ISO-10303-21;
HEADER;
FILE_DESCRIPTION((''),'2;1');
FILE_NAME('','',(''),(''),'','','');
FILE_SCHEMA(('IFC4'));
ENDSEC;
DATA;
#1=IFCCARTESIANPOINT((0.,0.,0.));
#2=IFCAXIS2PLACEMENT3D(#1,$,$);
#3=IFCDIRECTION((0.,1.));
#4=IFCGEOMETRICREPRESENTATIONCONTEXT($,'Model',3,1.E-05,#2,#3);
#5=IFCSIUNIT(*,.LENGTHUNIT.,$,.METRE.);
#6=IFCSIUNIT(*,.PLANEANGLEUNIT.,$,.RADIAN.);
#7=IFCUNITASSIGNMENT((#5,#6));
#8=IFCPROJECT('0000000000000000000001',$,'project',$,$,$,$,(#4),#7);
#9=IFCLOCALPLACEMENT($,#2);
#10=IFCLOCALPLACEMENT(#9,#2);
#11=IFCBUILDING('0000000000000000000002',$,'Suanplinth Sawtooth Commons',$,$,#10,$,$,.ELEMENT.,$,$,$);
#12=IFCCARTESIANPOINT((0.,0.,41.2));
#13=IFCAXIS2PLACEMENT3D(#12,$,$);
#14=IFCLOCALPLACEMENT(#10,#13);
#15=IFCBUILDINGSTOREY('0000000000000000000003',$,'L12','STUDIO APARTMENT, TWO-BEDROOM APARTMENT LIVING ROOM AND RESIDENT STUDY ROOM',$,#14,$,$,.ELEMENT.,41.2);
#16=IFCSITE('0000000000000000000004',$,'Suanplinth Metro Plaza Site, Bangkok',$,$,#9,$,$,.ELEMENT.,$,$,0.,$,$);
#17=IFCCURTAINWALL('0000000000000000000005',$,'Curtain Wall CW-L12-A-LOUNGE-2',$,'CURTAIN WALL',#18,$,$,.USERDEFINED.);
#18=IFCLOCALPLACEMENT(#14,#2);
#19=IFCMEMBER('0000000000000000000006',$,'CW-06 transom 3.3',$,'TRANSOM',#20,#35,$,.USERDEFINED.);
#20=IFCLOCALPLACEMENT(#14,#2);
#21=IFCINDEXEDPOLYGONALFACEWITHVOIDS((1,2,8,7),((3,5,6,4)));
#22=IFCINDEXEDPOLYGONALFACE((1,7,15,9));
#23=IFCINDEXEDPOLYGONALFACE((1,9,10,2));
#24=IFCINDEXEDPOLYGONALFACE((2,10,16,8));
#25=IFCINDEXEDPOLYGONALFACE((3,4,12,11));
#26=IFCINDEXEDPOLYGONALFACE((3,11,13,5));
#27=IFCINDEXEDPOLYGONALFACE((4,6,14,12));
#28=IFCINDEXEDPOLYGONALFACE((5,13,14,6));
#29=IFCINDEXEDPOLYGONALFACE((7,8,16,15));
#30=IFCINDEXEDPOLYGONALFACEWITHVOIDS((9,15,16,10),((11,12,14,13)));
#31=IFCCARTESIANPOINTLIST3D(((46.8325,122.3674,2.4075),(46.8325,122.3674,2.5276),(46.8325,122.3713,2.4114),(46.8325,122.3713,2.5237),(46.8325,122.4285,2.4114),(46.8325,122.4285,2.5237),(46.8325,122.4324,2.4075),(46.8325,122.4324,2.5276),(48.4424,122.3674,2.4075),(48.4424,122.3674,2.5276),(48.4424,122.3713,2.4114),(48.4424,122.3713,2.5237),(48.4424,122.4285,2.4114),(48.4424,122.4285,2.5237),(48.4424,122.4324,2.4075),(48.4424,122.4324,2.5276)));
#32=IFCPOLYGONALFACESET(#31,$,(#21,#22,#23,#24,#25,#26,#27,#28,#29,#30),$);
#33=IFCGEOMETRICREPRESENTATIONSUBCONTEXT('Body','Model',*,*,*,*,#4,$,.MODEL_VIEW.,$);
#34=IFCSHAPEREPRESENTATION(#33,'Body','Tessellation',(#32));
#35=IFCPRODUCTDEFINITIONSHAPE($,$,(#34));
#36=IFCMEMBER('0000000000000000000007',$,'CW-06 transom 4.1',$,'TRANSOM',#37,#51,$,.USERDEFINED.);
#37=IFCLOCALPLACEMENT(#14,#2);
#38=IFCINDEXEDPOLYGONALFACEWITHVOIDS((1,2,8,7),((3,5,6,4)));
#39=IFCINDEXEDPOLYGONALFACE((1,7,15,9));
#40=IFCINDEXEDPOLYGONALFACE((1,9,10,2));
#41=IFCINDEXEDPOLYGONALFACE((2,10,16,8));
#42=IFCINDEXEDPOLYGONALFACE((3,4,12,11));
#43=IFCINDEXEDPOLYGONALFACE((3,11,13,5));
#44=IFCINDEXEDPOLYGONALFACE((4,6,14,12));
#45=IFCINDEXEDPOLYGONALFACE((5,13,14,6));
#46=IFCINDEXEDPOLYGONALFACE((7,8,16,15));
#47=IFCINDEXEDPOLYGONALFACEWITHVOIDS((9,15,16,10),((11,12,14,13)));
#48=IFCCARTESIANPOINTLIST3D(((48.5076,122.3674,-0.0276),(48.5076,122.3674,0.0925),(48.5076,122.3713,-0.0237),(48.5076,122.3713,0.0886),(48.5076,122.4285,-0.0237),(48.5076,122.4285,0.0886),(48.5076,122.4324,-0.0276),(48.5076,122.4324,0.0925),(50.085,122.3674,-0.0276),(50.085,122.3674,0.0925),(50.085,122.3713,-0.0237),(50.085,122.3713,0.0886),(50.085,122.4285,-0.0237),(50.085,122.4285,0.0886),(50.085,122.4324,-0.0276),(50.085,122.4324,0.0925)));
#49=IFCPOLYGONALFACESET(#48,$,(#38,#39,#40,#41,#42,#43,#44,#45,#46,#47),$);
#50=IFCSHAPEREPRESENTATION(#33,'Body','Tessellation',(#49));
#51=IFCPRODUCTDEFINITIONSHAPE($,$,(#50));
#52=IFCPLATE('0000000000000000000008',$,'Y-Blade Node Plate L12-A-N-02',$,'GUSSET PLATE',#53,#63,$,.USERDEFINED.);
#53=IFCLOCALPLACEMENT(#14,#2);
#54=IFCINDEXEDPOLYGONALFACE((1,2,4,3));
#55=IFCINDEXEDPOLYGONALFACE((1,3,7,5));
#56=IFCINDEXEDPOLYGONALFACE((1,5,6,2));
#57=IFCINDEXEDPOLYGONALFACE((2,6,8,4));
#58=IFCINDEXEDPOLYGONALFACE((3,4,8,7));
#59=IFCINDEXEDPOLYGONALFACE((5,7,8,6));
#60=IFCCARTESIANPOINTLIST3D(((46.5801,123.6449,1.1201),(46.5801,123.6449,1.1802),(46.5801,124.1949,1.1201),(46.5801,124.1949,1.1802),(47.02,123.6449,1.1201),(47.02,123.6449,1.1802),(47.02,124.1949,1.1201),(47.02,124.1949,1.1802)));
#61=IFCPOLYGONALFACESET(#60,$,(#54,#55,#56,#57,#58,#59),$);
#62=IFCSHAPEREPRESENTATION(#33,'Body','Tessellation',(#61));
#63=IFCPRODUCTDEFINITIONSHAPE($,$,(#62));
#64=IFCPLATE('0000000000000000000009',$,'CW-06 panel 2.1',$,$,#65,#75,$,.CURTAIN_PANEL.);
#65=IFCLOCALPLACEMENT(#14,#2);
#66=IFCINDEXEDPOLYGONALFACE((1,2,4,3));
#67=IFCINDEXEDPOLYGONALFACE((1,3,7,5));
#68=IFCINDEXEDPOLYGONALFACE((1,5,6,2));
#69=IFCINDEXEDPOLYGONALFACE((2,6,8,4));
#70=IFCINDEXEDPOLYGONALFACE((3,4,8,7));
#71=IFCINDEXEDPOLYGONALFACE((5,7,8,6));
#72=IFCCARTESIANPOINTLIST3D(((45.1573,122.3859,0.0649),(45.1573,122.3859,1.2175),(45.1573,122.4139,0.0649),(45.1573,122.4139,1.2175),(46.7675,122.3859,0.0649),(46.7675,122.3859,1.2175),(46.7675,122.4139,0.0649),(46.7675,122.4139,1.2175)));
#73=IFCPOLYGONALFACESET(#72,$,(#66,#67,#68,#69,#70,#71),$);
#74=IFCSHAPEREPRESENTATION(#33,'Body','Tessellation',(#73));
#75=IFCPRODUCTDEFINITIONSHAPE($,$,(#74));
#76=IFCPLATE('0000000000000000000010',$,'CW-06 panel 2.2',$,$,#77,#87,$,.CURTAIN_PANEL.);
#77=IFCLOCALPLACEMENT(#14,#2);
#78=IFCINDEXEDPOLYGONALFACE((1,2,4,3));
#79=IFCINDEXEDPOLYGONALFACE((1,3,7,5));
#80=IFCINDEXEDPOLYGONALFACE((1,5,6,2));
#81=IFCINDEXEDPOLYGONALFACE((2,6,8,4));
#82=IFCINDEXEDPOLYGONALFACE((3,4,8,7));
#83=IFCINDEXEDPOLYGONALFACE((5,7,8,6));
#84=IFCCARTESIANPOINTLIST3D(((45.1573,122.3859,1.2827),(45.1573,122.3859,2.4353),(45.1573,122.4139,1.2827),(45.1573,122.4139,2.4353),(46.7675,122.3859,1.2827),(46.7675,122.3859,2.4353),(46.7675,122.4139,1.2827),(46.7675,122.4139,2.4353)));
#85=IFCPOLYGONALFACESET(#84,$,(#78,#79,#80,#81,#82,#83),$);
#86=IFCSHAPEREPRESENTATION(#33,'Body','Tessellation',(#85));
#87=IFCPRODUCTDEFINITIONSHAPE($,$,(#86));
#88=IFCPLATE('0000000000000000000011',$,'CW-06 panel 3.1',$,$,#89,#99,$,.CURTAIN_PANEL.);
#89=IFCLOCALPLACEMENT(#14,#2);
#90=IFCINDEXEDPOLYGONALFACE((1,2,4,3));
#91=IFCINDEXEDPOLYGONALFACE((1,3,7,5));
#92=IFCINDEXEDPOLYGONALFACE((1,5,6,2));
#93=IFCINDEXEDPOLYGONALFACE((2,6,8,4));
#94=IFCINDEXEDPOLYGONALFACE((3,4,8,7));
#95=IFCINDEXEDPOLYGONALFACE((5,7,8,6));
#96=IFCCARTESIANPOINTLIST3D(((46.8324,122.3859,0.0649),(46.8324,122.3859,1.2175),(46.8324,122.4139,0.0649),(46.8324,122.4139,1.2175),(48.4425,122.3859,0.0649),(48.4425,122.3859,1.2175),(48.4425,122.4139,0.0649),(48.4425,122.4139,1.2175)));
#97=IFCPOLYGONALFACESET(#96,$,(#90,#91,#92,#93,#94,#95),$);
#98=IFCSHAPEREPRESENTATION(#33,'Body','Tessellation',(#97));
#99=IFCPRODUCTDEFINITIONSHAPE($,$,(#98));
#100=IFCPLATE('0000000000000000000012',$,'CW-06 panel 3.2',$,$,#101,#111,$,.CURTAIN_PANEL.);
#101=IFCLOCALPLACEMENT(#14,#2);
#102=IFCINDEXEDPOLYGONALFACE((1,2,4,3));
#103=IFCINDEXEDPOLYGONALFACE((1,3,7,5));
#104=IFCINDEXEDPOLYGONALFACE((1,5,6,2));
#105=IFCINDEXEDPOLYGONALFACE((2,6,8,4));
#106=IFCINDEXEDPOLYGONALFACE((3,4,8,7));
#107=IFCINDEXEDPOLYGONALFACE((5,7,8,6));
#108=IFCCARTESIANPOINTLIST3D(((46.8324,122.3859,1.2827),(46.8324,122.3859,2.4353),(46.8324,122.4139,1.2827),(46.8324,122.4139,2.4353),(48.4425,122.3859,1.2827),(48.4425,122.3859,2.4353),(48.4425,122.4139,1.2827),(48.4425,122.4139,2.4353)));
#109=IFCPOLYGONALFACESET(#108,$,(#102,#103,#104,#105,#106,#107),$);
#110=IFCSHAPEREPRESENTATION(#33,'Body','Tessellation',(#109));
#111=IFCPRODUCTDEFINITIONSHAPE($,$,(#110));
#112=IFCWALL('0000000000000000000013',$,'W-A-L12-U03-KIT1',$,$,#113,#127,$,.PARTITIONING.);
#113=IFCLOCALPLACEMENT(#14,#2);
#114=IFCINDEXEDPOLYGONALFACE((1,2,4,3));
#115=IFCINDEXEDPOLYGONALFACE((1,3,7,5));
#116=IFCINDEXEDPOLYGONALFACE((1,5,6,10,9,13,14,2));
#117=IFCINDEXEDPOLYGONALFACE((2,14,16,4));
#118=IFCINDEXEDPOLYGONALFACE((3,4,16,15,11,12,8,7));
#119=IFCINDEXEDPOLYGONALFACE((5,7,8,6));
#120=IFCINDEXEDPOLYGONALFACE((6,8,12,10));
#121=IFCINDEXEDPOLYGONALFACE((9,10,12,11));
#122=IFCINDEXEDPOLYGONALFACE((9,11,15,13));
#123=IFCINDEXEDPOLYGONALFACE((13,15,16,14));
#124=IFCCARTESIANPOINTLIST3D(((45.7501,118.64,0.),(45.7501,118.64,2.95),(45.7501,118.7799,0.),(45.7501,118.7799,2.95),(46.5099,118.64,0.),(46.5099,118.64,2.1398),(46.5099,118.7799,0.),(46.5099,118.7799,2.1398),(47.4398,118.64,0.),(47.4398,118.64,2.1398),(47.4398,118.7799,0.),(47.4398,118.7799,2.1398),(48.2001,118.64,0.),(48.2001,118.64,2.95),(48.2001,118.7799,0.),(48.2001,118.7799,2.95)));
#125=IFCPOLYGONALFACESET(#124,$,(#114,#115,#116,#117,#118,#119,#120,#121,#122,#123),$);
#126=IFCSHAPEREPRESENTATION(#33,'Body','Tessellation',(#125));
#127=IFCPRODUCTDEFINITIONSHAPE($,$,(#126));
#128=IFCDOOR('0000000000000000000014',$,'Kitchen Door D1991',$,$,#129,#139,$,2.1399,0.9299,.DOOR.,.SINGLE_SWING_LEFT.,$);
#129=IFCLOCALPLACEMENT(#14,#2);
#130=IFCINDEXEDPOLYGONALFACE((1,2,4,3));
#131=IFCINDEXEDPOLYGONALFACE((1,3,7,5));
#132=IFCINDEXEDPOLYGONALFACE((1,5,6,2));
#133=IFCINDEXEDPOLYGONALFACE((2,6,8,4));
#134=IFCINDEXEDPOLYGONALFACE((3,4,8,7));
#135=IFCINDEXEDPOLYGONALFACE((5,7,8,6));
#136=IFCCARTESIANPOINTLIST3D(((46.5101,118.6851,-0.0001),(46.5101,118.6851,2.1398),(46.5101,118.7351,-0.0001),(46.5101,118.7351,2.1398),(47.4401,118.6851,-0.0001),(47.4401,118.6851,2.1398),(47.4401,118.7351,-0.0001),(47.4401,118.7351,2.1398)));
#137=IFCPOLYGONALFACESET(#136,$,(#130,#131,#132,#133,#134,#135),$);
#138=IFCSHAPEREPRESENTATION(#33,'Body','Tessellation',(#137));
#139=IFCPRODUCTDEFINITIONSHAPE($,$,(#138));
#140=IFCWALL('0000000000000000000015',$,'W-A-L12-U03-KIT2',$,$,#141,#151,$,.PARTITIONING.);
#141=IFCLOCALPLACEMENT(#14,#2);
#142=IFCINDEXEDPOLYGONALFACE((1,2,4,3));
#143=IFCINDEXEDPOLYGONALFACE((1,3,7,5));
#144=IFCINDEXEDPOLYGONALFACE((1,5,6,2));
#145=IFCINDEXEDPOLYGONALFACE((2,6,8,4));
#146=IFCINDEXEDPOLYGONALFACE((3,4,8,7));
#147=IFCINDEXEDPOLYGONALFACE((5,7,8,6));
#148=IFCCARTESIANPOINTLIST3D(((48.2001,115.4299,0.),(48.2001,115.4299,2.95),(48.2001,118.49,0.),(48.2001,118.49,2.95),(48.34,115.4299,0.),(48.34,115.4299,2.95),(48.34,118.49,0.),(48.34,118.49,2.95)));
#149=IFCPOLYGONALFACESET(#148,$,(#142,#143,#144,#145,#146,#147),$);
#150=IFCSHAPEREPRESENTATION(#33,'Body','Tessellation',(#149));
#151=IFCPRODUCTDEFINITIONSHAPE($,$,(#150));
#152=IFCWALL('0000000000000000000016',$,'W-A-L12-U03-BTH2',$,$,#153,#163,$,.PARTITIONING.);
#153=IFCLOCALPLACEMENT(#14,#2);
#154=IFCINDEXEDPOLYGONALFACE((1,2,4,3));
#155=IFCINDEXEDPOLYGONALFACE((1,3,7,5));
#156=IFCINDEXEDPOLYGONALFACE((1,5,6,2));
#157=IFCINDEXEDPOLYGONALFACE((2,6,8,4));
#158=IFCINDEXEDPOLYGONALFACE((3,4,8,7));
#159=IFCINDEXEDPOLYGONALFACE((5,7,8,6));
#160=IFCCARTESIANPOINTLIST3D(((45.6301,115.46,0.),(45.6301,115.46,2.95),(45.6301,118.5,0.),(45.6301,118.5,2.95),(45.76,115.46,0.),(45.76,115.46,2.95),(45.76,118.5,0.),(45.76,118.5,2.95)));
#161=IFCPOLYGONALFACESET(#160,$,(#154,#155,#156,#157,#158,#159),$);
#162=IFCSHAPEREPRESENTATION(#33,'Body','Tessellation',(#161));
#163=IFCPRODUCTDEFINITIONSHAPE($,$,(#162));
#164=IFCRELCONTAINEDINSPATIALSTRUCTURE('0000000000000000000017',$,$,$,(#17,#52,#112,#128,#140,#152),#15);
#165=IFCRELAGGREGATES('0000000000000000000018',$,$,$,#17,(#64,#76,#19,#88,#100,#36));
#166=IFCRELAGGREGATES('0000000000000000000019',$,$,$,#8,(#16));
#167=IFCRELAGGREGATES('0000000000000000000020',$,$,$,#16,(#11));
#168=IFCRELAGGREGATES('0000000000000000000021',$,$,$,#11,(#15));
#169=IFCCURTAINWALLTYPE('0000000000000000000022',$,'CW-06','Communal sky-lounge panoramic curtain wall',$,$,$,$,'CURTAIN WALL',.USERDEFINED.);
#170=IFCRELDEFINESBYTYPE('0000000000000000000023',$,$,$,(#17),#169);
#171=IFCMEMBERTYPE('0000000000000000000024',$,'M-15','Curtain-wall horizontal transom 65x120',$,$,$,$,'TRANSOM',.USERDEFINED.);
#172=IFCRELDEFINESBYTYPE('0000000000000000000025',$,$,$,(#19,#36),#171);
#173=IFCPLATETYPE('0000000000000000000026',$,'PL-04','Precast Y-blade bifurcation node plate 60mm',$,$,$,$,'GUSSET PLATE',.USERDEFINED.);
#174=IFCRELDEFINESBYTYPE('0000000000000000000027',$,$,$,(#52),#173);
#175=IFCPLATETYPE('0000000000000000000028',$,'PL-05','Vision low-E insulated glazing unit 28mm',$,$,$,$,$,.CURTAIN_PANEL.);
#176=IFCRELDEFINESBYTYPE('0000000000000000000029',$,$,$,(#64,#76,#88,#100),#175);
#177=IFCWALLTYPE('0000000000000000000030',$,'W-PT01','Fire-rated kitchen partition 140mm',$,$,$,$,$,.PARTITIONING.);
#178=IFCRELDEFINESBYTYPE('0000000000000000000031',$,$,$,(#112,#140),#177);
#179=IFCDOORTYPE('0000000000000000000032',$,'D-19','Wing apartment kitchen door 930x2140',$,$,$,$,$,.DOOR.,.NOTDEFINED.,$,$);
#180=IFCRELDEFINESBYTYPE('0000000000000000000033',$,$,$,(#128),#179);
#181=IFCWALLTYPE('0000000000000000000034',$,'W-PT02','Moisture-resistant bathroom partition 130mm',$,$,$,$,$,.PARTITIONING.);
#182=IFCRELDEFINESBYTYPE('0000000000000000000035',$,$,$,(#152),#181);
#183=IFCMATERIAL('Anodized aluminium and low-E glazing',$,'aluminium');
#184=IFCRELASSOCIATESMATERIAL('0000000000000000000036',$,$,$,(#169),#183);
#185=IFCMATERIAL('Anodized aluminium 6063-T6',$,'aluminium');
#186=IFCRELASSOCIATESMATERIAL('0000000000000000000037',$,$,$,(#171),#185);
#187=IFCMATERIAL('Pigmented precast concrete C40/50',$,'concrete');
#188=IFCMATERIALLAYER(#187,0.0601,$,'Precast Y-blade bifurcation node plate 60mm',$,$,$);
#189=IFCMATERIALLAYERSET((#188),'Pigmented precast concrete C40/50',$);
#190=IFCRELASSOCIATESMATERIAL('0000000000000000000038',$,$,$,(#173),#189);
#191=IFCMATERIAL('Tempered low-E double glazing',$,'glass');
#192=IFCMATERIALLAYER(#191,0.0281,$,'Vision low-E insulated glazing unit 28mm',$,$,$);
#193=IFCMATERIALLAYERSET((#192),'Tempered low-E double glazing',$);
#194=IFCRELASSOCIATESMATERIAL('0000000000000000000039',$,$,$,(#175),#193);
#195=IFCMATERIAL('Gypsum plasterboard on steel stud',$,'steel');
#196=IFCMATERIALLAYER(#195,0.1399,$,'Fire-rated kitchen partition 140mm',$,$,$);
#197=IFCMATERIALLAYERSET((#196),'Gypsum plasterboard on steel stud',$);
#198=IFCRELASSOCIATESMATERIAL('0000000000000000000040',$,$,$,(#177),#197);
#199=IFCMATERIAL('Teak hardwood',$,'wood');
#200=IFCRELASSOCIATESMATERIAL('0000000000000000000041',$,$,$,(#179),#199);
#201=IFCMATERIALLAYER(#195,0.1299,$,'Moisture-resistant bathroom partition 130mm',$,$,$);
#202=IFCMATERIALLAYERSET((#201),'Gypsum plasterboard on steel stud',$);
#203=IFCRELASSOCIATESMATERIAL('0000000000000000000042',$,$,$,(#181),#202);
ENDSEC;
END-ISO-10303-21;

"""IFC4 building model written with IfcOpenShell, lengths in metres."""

from ifc_helpers import new_model, si_unit, direction, frame, frame_2d, origin, origin_2d, place, context, subcontext, project, spatial, rectangle, hollow_rectangle, extrude, material, layer, layer_set, material_profile, profile_set, type_object, element, fill, aggregate, save


model = new_model("IFC4")

# Units and contexts
model_context = context("Model", 3, precision=1e-05, world=origin(), true_north=direction((0.0, 1.0)))
body_context = subcontext(model_context, "Body", "Model", "MODEL_VIEW")
ifc_project = project(units=[si_unit("LENGTHUNIT", "METRE"), si_unit("PLANEANGLEUNIT", "RADIAN")], contexts=[model_context])

# Site, building, storey
site_placement = place(None, origin())
site = spatial("IfcSite", under=ifc_project, at=site_placement, Name="Suanplinth Metro Plaza Site, Bangkok", CompositionType="ELEMENT", RefElevation=0.0)
building_placement = place(site_placement, origin())
building = spatial("IfcBuilding", under=site, at=building_placement, Name="Suanplinth Sawtooth Commons", CompositionType="ELEMENT")
storey_placement = place(building_placement, frame((0.0, 0.0, 41.2)))
storey = spatial("IfcBuildingStorey", under=building, at=storey_placement, Name="L12", Description="STUDIO APARTMENT, TWO-BEDROOM APARTMENT LIVING ROOM AND RESIDENT STUDY ROOM", CompositionType="ELEMENT", Elevation=41.2)

# Shared definitions
ifc_material_1 = material(Name="Pigmented precast concrete C40/50", Category="concrete")

# Curtain wall, members
ifc_material_2 = material(Name="Anodized aluminium and low-E glazing", Category="aluminium")
curtain_wall_type = type_object("IfcCurtainWallType", Name="CW-06", Description="Communal sky-lounge panoramic curtain wall", ElementType="CURTAIN WALL", PredefinedType="USERDEFINED", material=ifc_material_2)
curtain_wall_placement = place(storey_placement, origin())
curtain_wall = element("IfcCurtainWall", 1, at=curtain_wall_placement, inside=storey, type_object=curtain_wall_type, Name="Curtain Wall CW-L12-A-LOUNGE-2", ObjectType="CURTAIN WALL", PredefinedType="USERDEFINED")
ifc_material_3 = material(Name="Anodized aluminium 6063-T6", Category="aluminium")
ifc_material_profile_1 = material_profile(ifc_material_3, hollow_rectangle(XDim=0.0649, YDim=0.1201, WallThickness=0.0039, at=origin_2d()), Name="ALU-TRN 65x120")
ifc_profile_set_1 = profile_set([ifc_material_profile_1], Name="Anodized aluminium 6063-T6")
member_type_1 = type_object("IfcMemberType", Name="M-15", Description="Curtain-wall horizontal transom 65x120", ElementType="TRANSOM", PredefinedType="USERDEFINED", material=ifc_profile_set_1)
member_1_placement = place(storey_placement, frame((46.8325, 122.3999, 2.4675), z_axis=(1.0, 0.0, 0.0), x_axis=(0.0, 1.0, 0.0)))
member_1 = element("IfcMember", 2, at=member_1_placement, type_object=member_type_1, Name="CW-06 transom 3.3", ObjectType="TRANSOM", PredefinedType="USERDEFINED", context=body_context, shape_type="SweptSolid", body=[
    extrude(hollow_rectangle(XDim=0.0649, YDim=0.1201, WallThickness=0.0039, at=origin_2d()), origin(), (0.0, 0.0, 1.0), 1.6099),
])
member_2_placement = place(storey_placement, frame((48.5076, 122.3999, 0.0325), z_axis=(1.0, 0.0, 0.0), x_axis=(0.0, 1.0, 0.0)))
member_2 = element("IfcMember", 3, at=member_2_placement, type_object=member_type_1, Name="CW-06 transom 4.1", ObjectType="TRANSOM", PredefinedType="USERDEFINED", context=body_context, shape_type="SweptSolid", body=[
    extrude(hollow_rectangle(XDim=0.0649, YDim=0.1201, WallThickness=0.0039, at=origin_2d()), origin(), (0.0, 0.0, 1.0), 1.5774),
])

# Plates
ifc_layer_1 = layer(ifc_material_1, 0.0601, Name="Precast Y-blade bifurcation node plate 60mm")
ifc_layer_set_1 = layer_set([ifc_layer_1], Name="Pigmented precast concrete C40/50")
plate_type_1 = type_object("IfcPlateType", Name="PL-04", Description="Precast Y-blade bifurcation node plate 60mm", ElementType="GUSSET PLATE", PredefinedType="USERDEFINED", material=ifc_layer_set_1)
plate_1_placement = place(storey_placement, frame((46.8, 123.9199, 1.1201), z_axis=(0.0, 0.0, 1.0), x_axis=(1.0, 0.0, 0.0)))
element("IfcPlate", 4, at=plate_1_placement, inside=storey, type_object=plate_type_1, Name="Y-Blade Node Plate L12-A-N-02", ObjectType="GUSSET PLATE", PredefinedType="USERDEFINED", context=body_context, shape_type="SweptSolid", body=[
    extrude(rectangle(XDim=0.4399, YDim=0.55, at=origin_2d()), origin(), (0.0, 0.0, 1.0), 0.0601),
])
ifc_material_4 = material(Name="Tempered low-E double glazing", Category="glass")
ifc_layer_2 = layer(ifc_material_4, 0.0281, Name="Vision low-E insulated glazing unit 28mm")
ifc_layer_set_2 = layer_set([ifc_layer_2], Name="Tempered low-E double glazing")
plate_type_2 = type_object("IfcPlateType", Name="PL-05", Description="Vision low-E insulated glazing unit 28mm", PredefinedType="CURTAIN_PANEL", material=ifc_layer_set_2)
plate_2_placement = place(storey_placement, frame((45.9624, 122.3999, 0.0649), z_axis=(0.0, 0.0, 1.0), x_axis=(1.0, 0.0, 0.0)))
plate_2 = element("IfcPlate", 5, at=plate_2_placement, type_object=plate_type_2, Name="CW-06 panel 2.1", PredefinedType="CURTAIN_PANEL", context=body_context, shape_type="SweptSolid", body=[
    extrude(rectangle(XDim=1.6101, YDim=0.0281, at=origin_2d()), origin(), (0.0, 0.0, 1.0), 1.1526),
])
plate_3_placement = place(storey_placement, frame((45.9624, 122.3999, 1.2827), z_axis=(0.0, 0.0, 1.0), x_axis=(1.0, 0.0, 0.0)))
plate_3 = element("IfcPlate", 6, at=plate_3_placement, type_object=plate_type_2, Name="CW-06 panel 2.2", PredefinedType="CURTAIN_PANEL", context=body_context, shape_type="SweptSolid", body=[
    extrude(rectangle(XDim=1.6101, YDim=0.0281, at=origin_2d()), origin(), (0.0, 0.0, 1.0), 1.1526),
])
plate_4_placement = place(storey_placement, frame((47.6375, 122.3999, 0.0649), z_axis=(0.0, 0.0, 1.0), x_axis=(1.0, 0.0, 0.0)))
plate_4 = element("IfcPlate", 7, at=plate_4_placement, type_object=plate_type_2, Name="CW-06 panel 3.1", PredefinedType="CURTAIN_PANEL", context=body_context, shape_type="SweptSolid", body=[
    extrude(rectangle(XDim=1.6101, YDim=0.0281, at=origin_2d()), origin(), (0.0, 0.0, 1.0), 1.1526),
])
plate_5_placement = place(storey_placement, frame((47.6375, 122.3999, 1.2827), z_axis=(0.0, 0.0, 1.0), x_axis=(1.0, 0.0, 0.0)))
plate_5 = element("IfcPlate", 8, at=plate_5_placement, type_object=plate_type_2, Name="CW-06 panel 3.2", PredefinedType="CURTAIN_PANEL", context=body_context, shape_type="SweptSolid", body=[
    extrude(rectangle(XDim=1.6101, YDim=0.0281, at=origin_2d()), origin(), (0.0, 0.0, 1.0), 1.1526),
])
aggregate(curtain_wall, [plate_2, plate_3, member_1, plate_4, plate_5, member_2])

# Wall, opening, door
ifc_material_5 = material(Name="Gypsum plasterboard on steel stud", Category="steel")
ifc_layer_3 = layer(ifc_material_5, 0.1399, Name="Fire-rated kitchen partition 140mm")
ifc_layer_set_3 = layer_set([ifc_layer_3], Name="Gypsum plasterboard on steel stud")
wall_type_1 = type_object("IfcWallType", Name="W-PT01", Description="Fire-rated kitchen partition 140mm", PredefinedType="PARTITIONING", material=ifc_layer_set_3)
wall_1_placement = place(storey_placement, frame((45.75, 118.71, 0.0), z_axis=(0.0, 0.0, 1.0), x_axis=(1.0, 0.0, 0.0)))
wall_1 = element("IfcWall", 9, at=wall_1_placement, inside=storey, type_object=wall_type_1, Name="W-A-L12-U03-KIT1", PredefinedType="PARTITIONING", context=body_context, shape_type="SweptSolid", body=[
    extrude(rectangle(XDim=2.45, YDim=0.1399, at=frame_2d((1.2251, 0.0))), origin(), (0.0, 0.0, 1.0), 2.95),
])
opening_placement = place(wall_1_placement, frame((0.76, 0.0, 0.0)))
opening = element("IfcOpeningElement", 10, at=opening_placement, cuts=wall_1, PredefinedType="OPENING", context=body_context, shape_type="SweptSolid", body=[
    extrude(rectangle(XDim=0.9299, YDim=2.1399, at=frame_2d((0.4648, 1.0698))), frame((0.0, 0.085, 0.0), z_axis=(0.0, -1.0, 0.0), x_axis=(1.0, 0.0, 0.0)), (0.0, 0.0, 1.0), 0.1697),
])
ifc_material_6 = material(Name="Teak hardwood", Category="wood")
door_type = type_object("IfcDoorType", Name="D-19", Description="Wing apartment kitchen door 930x2140", OperationType="NOTDEFINED", PredefinedType="DOOR", material=ifc_material_6)
door_placement = place(opening_placement, frame((0.9299, 0.0, 0.0), z_axis=(0.0, 0.0, 1.0), x_axis=(-1.0, 0.0, 0.0)))
door = element("IfcDoor", 11, at=door_placement, inside=storey, type_object=door_type, Name="Kitchen Door D1991", OperationType="SINGLE_SWING_LEFT", OverallHeight=2.1399, OverallWidth=0.9299, PredefinedType="DOOR", context=body_context, shape_type="SweptSolid", body=[
    extrude(rectangle(XDim=0.9299, YDim=2.1399, at=frame_2d((0.4648, 1.0698))), frame((0.0, 0.0249, 0.0), z_axis=(0.0, -1.0, 0.0), x_axis=(1.0, 0.0, 0.0)), (0.0, 0.0, 1.0), 0.05),
])
fill(opening, door)

# Walls
wall_2_placement = place(storey_placement, frame((48.27, 115.4299, 0.0), z_axis=(0.0, 0.0, 1.0), x_axis=(0.0, 1.0, 0.0)))
element("IfcWall", 12, at=wall_2_placement, inside=storey, type_object=wall_type_1, Name="W-A-L12-U03-KIT2", PredefinedType="PARTITIONING", context=body_context, shape_type="SweptSolid", body=[
    extrude(rectangle(XDim=3.0601, YDim=0.1399, at=frame_2d((1.53, 0.0))), origin(), (0.0, 0.0, 1.0), 2.95),
])
ifc_layer_4 = layer(ifc_material_5, 0.1299, Name="Moisture-resistant bathroom partition 130mm")
ifc_layer_set_4 = layer_set([ifc_layer_4], Name="Gypsum plasterboard on steel stud")
wall_type_2 = type_object("IfcWallType", Name="W-PT02", Description="Moisture-resistant bathroom partition 130mm", PredefinedType="PARTITIONING", material=ifc_layer_set_4)
wall_3_placement = place(storey_placement, frame((45.6951, 115.46, 0.0), z_axis=(0.0, 0.0, 1.0), x_axis=(0.0, 1.0, 0.0)))
element("IfcWall", 13, at=wall_3_placement, inside=storey, type_object=wall_type_2, Name="W-A-L12-U03-BTH2", PredefinedType="PARTITIONING", context=body_context, shape_type="SweptSolid", body=[
    extrude(rectangle(XDim=3.04, YDim=0.1299, at=frame_2d((1.52, 0.0))), origin(), (0.0, 0.0, 1.0), 2.95),
])

save(model, "model.ifc")
